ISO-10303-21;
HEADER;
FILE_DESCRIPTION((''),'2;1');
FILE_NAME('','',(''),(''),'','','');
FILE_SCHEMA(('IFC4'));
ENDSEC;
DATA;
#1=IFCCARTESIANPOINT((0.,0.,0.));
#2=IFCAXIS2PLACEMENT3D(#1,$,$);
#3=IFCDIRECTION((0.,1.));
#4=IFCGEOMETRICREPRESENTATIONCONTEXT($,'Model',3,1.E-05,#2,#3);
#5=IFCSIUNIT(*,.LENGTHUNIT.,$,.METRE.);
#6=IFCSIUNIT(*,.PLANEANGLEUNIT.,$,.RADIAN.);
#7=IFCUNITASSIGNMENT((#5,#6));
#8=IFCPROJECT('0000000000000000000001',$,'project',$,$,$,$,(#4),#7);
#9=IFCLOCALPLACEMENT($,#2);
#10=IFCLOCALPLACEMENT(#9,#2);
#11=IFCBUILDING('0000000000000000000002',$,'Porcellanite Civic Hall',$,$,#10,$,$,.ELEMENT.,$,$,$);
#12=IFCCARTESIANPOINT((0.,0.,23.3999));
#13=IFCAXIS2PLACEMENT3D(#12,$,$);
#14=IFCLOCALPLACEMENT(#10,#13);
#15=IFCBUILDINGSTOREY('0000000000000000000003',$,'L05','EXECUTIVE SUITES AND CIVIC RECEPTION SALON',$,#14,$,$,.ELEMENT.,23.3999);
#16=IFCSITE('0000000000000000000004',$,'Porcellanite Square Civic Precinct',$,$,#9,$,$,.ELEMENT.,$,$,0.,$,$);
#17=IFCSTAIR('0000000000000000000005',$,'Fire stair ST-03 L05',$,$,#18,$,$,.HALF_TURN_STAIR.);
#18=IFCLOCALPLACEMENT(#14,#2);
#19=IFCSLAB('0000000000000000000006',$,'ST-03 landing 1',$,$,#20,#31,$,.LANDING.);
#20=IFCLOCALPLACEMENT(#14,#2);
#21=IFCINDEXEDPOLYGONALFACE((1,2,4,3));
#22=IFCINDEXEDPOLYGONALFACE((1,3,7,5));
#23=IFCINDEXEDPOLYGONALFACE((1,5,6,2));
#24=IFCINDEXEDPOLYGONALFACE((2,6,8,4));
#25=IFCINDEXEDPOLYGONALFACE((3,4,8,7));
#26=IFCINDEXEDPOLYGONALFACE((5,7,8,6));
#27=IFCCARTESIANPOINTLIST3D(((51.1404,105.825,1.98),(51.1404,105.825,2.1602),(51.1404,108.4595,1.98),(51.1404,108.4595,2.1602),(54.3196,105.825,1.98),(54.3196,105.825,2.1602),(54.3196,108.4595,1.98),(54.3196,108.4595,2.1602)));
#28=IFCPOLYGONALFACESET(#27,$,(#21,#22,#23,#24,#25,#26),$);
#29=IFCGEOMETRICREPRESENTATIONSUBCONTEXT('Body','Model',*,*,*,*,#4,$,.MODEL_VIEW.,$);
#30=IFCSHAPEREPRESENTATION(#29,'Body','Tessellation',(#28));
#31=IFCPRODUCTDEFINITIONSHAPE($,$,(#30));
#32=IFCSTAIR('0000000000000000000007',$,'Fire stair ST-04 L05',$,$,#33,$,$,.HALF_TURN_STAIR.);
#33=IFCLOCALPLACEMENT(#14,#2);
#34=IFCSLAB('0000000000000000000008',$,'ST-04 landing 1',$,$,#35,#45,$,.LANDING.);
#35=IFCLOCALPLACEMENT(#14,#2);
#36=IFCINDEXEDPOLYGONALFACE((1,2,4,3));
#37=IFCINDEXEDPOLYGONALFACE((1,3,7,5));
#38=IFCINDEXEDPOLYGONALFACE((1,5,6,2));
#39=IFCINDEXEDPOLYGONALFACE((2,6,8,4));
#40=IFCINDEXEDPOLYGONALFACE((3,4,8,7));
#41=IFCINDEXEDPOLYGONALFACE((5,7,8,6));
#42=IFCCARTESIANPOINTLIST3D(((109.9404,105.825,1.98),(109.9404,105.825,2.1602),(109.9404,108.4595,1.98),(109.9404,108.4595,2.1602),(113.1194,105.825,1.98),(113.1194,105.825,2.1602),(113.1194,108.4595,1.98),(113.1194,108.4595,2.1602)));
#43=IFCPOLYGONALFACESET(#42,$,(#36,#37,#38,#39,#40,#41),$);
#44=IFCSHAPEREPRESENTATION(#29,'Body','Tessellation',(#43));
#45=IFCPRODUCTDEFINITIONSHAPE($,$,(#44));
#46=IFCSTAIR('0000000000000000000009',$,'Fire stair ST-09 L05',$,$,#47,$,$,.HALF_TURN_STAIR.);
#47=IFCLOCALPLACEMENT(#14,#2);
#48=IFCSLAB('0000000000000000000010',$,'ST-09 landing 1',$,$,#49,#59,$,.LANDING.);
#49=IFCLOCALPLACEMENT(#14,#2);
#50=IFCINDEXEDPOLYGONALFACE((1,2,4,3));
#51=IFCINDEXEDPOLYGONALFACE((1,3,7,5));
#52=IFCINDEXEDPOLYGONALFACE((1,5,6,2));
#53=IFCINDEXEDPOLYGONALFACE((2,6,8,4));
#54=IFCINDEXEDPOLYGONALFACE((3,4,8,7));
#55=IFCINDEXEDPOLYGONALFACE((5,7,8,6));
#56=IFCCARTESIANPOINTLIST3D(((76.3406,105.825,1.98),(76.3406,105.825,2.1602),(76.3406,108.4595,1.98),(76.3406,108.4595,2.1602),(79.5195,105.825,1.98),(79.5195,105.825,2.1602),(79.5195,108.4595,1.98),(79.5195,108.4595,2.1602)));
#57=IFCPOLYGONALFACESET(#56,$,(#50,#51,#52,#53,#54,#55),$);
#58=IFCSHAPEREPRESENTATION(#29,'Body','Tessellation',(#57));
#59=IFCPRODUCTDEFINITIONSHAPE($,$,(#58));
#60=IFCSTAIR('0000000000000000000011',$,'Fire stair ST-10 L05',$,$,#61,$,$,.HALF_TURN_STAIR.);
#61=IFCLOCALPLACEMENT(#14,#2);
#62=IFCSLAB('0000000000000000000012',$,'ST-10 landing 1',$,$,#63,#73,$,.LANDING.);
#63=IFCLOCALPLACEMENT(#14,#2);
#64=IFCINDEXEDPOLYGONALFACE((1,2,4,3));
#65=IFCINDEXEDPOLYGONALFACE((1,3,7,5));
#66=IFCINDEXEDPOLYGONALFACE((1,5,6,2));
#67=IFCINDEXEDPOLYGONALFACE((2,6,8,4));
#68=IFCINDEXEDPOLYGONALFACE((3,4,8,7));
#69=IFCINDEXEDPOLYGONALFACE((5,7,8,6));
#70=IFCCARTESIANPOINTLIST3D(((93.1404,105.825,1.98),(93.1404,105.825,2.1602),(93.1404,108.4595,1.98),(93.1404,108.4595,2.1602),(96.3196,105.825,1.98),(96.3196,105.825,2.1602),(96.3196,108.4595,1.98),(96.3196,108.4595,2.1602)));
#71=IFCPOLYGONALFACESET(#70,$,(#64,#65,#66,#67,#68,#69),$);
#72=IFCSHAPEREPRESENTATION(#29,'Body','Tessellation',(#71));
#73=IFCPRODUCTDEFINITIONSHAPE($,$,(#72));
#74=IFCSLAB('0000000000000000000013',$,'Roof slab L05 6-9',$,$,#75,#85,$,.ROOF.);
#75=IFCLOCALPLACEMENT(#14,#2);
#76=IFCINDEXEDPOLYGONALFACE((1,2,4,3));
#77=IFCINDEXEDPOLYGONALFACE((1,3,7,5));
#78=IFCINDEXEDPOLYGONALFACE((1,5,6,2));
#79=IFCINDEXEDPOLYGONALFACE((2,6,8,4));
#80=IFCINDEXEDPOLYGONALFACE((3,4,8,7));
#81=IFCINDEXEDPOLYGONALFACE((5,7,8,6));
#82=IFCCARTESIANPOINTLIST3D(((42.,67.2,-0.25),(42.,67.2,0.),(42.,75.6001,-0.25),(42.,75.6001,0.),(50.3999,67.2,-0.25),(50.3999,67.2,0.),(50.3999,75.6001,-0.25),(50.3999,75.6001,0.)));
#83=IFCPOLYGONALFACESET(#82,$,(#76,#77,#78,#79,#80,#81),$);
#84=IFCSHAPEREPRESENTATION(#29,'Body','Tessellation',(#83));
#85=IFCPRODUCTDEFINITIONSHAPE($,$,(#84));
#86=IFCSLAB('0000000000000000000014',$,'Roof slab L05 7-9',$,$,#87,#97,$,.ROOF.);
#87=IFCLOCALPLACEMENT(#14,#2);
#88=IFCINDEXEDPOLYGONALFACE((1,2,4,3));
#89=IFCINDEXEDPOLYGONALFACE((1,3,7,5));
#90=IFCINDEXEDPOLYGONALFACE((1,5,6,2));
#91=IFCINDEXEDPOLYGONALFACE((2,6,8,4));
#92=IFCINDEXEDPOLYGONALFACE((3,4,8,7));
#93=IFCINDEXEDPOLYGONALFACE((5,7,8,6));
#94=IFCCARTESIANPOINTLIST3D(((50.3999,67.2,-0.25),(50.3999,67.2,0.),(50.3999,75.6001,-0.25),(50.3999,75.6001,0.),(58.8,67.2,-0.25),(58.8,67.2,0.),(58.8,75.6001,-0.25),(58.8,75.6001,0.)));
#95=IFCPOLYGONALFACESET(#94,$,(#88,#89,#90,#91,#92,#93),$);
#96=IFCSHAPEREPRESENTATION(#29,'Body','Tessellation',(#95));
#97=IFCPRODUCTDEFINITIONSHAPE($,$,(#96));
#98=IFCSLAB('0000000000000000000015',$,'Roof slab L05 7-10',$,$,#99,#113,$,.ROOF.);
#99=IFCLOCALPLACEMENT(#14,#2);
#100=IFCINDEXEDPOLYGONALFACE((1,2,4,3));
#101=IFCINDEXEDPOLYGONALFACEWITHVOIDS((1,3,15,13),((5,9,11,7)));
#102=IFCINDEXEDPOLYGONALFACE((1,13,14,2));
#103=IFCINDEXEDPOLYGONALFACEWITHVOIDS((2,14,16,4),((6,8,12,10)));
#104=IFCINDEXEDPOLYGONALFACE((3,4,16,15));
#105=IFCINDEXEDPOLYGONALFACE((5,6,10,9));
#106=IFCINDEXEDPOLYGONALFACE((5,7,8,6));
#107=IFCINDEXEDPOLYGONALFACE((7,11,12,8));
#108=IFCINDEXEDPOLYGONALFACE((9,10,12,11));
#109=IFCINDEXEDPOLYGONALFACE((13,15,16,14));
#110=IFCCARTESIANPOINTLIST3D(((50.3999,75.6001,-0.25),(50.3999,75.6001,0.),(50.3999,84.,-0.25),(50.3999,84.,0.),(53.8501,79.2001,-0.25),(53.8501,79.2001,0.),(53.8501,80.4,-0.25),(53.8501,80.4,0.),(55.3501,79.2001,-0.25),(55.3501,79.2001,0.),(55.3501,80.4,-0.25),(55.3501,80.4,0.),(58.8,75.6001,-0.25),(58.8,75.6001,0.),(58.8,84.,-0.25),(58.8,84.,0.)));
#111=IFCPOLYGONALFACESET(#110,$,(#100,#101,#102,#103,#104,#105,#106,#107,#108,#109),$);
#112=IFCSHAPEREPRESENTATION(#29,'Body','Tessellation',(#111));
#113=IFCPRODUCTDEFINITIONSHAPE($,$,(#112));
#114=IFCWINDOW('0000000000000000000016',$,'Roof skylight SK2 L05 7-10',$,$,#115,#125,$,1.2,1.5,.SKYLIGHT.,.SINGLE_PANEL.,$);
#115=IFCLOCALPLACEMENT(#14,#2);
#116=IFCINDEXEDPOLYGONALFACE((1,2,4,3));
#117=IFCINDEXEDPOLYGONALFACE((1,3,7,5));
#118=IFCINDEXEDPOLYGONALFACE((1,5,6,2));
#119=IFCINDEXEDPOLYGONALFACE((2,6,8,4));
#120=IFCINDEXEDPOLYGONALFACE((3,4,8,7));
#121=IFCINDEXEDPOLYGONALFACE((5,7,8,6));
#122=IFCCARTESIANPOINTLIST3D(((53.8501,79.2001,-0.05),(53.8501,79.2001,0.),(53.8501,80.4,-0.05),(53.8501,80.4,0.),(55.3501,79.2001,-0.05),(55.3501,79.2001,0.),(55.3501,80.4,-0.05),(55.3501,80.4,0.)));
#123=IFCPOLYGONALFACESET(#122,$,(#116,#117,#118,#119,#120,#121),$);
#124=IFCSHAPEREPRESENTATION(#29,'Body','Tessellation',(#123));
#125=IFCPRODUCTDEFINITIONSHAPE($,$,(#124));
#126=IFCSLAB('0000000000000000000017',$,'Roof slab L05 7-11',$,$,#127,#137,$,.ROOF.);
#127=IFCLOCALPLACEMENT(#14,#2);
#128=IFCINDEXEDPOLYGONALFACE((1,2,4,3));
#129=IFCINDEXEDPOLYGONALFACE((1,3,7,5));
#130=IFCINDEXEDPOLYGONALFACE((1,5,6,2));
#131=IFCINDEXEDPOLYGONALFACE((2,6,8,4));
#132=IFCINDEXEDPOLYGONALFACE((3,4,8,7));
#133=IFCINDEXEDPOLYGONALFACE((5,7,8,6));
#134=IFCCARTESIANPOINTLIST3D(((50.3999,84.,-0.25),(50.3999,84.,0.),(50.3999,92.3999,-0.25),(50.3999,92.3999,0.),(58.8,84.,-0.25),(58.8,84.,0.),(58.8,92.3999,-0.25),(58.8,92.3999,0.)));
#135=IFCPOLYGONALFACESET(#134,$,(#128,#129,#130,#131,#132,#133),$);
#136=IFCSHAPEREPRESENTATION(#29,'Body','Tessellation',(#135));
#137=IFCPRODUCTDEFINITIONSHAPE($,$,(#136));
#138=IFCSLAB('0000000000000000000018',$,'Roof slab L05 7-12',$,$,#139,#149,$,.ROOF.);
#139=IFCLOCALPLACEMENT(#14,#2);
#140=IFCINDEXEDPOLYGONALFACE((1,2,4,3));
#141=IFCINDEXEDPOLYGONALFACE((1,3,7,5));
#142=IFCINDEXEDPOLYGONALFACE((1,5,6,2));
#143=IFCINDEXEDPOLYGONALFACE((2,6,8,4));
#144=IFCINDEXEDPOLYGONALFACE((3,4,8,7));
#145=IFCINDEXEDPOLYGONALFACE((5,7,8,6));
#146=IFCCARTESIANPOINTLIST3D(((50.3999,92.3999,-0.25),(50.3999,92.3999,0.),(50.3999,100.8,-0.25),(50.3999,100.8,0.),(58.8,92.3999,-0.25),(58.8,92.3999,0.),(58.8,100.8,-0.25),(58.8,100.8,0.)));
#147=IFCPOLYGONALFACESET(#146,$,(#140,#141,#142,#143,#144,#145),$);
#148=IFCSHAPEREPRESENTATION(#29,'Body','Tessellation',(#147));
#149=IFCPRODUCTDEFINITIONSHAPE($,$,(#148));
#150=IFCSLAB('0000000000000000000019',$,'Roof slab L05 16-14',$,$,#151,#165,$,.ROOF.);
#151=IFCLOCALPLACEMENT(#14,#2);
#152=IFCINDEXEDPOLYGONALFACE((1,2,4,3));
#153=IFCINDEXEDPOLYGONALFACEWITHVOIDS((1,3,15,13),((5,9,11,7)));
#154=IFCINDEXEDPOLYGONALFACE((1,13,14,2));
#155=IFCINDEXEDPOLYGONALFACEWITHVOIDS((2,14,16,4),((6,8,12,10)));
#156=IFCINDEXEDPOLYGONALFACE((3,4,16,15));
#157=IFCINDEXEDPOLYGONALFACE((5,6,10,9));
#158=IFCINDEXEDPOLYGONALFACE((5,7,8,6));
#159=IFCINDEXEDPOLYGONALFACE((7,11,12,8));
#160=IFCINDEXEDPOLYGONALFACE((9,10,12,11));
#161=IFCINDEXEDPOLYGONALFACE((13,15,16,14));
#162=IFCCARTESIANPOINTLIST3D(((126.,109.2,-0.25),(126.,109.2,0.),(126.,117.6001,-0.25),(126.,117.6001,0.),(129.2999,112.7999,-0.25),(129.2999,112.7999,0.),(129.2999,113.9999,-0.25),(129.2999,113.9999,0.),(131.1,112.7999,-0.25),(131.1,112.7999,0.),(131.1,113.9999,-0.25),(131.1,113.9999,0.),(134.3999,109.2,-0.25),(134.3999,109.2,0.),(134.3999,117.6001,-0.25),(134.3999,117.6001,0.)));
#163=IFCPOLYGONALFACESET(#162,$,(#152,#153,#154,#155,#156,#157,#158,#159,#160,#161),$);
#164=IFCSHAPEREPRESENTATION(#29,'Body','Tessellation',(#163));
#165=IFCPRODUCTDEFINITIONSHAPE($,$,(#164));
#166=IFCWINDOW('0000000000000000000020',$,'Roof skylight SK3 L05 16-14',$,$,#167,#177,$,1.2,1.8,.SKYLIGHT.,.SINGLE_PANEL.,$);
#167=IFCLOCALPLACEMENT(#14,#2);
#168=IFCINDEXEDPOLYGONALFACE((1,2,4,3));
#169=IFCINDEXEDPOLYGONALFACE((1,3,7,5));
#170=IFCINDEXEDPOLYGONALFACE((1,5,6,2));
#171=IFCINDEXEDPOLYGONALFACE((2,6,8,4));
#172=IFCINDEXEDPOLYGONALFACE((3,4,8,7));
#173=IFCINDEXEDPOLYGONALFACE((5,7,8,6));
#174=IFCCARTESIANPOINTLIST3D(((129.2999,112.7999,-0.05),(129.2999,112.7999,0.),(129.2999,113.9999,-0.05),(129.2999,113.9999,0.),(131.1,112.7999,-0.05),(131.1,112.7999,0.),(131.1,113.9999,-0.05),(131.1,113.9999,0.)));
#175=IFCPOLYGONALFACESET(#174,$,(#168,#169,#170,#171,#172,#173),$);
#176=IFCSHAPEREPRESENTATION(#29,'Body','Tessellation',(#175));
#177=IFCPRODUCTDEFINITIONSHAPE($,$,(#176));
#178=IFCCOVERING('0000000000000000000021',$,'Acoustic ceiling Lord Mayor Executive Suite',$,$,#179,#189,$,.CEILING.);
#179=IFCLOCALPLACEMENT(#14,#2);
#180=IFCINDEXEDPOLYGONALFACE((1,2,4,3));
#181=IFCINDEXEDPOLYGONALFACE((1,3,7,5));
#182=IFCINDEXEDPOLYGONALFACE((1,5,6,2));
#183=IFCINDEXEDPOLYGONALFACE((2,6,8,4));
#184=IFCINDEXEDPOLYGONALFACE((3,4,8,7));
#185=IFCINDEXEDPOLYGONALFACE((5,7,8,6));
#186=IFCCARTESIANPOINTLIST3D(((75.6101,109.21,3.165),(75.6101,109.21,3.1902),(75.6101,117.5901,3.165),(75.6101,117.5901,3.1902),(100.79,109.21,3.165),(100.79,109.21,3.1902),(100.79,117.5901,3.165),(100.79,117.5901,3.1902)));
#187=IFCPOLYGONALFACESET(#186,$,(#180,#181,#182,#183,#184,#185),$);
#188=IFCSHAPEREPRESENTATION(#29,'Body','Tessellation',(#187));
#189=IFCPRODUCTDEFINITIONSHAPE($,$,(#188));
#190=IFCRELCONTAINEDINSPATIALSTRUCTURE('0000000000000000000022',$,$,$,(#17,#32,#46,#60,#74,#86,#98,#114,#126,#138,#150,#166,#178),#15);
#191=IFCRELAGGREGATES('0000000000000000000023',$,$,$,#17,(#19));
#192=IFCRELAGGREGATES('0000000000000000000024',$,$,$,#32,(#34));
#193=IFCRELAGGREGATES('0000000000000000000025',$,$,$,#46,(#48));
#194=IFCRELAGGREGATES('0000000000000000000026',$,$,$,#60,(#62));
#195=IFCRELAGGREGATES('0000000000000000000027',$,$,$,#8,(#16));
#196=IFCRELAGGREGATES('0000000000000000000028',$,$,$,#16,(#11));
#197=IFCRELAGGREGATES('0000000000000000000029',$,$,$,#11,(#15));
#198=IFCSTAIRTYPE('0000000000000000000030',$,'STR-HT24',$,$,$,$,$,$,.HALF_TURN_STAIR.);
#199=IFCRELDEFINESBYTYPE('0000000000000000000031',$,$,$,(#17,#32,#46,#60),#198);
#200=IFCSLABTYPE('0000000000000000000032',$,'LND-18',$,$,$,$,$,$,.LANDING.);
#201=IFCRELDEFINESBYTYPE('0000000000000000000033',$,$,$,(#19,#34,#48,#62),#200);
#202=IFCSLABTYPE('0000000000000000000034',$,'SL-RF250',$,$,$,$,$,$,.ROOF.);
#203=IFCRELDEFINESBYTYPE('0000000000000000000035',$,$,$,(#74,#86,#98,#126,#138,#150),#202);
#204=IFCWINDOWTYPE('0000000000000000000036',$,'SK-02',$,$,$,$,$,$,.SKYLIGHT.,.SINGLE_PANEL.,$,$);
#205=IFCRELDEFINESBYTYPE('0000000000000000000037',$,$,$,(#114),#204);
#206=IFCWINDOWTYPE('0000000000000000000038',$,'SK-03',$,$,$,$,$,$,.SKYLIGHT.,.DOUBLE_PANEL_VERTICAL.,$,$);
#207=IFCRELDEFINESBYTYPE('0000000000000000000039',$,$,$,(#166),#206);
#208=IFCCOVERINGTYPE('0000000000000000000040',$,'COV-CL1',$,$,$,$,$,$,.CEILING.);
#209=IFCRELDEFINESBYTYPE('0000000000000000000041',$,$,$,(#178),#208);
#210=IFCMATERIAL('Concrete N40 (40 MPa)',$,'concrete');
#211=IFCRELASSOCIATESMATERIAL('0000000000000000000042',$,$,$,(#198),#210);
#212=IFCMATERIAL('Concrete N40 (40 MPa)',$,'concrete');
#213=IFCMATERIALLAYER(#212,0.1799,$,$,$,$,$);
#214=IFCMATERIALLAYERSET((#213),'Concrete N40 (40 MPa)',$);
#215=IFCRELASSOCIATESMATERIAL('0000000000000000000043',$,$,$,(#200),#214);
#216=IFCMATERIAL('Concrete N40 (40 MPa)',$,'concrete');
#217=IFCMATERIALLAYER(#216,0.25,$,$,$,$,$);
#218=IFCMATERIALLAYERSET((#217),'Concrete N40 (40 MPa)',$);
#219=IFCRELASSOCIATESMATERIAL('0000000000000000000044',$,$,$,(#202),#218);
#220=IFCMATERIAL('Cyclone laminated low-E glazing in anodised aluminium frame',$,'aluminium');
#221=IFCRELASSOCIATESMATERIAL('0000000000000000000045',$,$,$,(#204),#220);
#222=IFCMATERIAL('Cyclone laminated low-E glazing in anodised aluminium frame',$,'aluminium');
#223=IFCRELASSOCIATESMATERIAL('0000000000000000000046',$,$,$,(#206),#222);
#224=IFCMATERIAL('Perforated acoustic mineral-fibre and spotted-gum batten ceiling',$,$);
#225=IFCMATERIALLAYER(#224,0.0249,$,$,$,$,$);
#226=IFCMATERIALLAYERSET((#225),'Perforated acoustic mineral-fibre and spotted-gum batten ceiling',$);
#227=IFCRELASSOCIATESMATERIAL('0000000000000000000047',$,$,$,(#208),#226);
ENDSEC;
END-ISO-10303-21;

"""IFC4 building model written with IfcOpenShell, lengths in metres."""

from ifc_helpers import new_model, si_unit, direction, frame, origin, origin_2d, place, context, subcontext, project, spatial, polyline, rectangle, outline, extrude, material, layer, layer_set, type_object, element, fill, aggregate, save


model = new_model("IFC4")

# Units and contexts
model_context = context("Model", 3, precision=1e-05, world=origin(), true_north=direction((0.0, 1.0)))
body_context = subcontext(model_context, "Body", "Model", "MODEL_VIEW")
ifc_project = project(units=[si_unit("LENGTHUNIT", "METRE"), si_unit("PLANEANGLEUNIT", "RADIAN")], contexts=[model_context])

# Site, building, storey
site_placement = place(None, origin())
site = spatial("IfcSite", under=ifc_project, at=site_placement, Name="Porcellanite Square Civic Precinct", CompositionType="ELEMENT", RefElevation=0.0)
building_placement = place(site_placement, origin())
building = spatial("IfcBuilding", under=site, at=building_placement, Name="Porcellanite Civic Hall", CompositionType="ELEMENT")
storey_placement = place(building_placement, frame((0.0, 0.0, 23.3999)))
storey = spatial("IfcBuildingStorey", under=building, at=storey_placement, Name="L05", Description="EXECUTIVE SUITES AND CIVIC RECEPTION SALON", CompositionType="ELEMENT", Elevation=23.3999)

# Stairs, slabs
ifc_material_1 = material(Name="Concrete N40 (40 MPa)", Category="concrete")
stair_type = type_object("IfcStairType", Name="STR-HT24", PredefinedType="HALF_TURN_STAIR", material=ifc_material_1)
stair_1_placement = place(storey_placement, origin())
stair_1 = element("IfcStair", 1, at=stair_1_placement, inside=storey, type_object=stair_type, Name="Fire stair ST-03 L05", PredefinedType="HALF_TURN_STAIR")
ifc_material_2 = material(Name="Concrete N40 (40 MPa)", Category="concrete")
ifc_layer_1 = layer(ifc_material_2, 0.1799)
ifc_layer_set_1 = layer_set([ifc_layer_1], Name="Concrete N40 (40 MPa)")
slab_type_1 = type_object("IfcSlabType", Name="LND-18", PredefinedType="LANDING", material=ifc_layer_set_1)
slab_1_placement = place(storey_placement, frame((0.0, 0.0, 1.98)))
slab_1 = element("IfcSlab", 2, at=slab_1_placement, type_object=slab_type_1, Name="ST-03 landing 1", PredefinedType="LANDING", context=body_context, shape_type="SweptSolid", body=[
    extrude(outline(polyline([(51.1404, 105.825), (54.3196, 105.825), (54.3196, 108.4595), (51.1404, 108.4595), (51.1404, 105.825)])), origin(), (0.0, 0.0, 1.0), 0.1802),
])
aggregate(stair_1, [slab_1])
stair_2_placement = place(storey_placement, origin())
stair_2 = element("IfcStair", 3, at=stair_2_placement, inside=storey, type_object=stair_type, Name="Fire stair ST-04 L05", PredefinedType="HALF_TURN_STAIR")
slab_2_placement = place(storey_placement, frame((0.0, 0.0, 1.98)))
slab_2 = element("IfcSlab", 4, at=slab_2_placement, type_object=slab_type_1, Name="ST-04 landing 1", PredefinedType="LANDING", context=body_context, shape_type="SweptSolid", body=[
    extrude(outline(polyline([(109.9404, 105.825), (113.1194, 105.825), (113.1194, 108.4595), (109.9404, 108.4595), (109.9404, 105.825)])), origin(), (0.0, 0.0, 1.0), 0.1802),
])
aggregate(stair_2, [slab_2])
stair_3_placement = place(storey_placement, origin())
stair_3 = element("IfcStair", 5, at=stair_3_placement, inside=storey, type_object=stair_type, Name="Fire stair ST-09 L05", PredefinedType="HALF_TURN_STAIR")
slab_3_placement = place(storey_placement, frame((0.0, 0.0, 1.98)))
slab_3 = element("IfcSlab", 6, at=slab_3_placement, type_object=slab_type_1, Name="ST-09 landing 1", PredefinedType="LANDING", context=body_context, shape_type="SweptSolid", body=[
    extrude(outline(polyline([(76.3406, 105.825), (79.5195, 105.825), (79.5195, 108.4595), (76.3406, 108.4595), (76.3406, 105.825)])), origin(), (0.0, 0.0, 1.0), 0.1802),
])
aggregate(stair_3, [slab_3])
stair_4_placement = place(storey_placement, origin())
stair_4 = element("IfcStair", 7, at=stair_4_placement, inside=storey, type_object=stair_type, Name="Fire stair ST-10 L05", PredefinedType="HALF_TURN_STAIR")
slab_4_placement = place(storey_placement, frame((0.0, 0.0, 1.98)))
slab_4 = element("IfcSlab", 8, at=slab_4_placement, type_object=slab_type_1, Name="ST-10 landing 1", PredefinedType="LANDING", context=body_context, shape_type="SweptSolid", body=[
    extrude(outline(polyline([(93.1404, 105.825), (96.3196, 105.825), (96.3196, 108.4595), (93.1404, 108.4595), (93.1404, 105.825)])), origin(), (0.0, 0.0, 1.0), 0.1802),
])
aggregate(stair_4, [slab_4])

# Slabs
ifc_material_3 = material(Name="Concrete N40 (40 MPa)", Category="concrete")
ifc_layer_2 = layer(ifc_material_3, 0.25)
ifc_layer_set_2 = layer_set([ifc_layer_2], Name="Concrete N40 (40 MPa)")
slab_type_2 = type_object("IfcSlabType", Name="SL-RF250", PredefinedType="ROOF", material=ifc_layer_set_2)
slab_5_placement = place(storey_placement, frame((0.0, 0.0, -0.25)))
element("IfcSlab", 9, at=slab_5_placement, inside=storey, type_object=slab_type_2, Name="Roof slab L05 6-9", PredefinedType="ROOF", context=body_context, shape_type="SweptSolid", body=[
    extrude(outline(polyline([(42.0, 67.2), (50.3999, 67.2), (50.3999, 75.6001), (42.0, 75.6001), (42.0, 67.2)])), origin(), (0.0, 0.0, 1.0), 0.25),
])
slab_6_placement = place(storey_placement, frame((0.0, 0.0, -0.25)))
element("IfcSlab", 10, at=slab_6_placement, inside=storey, type_object=slab_type_2, Name="Roof slab L05 7-9", PredefinedType="ROOF", context=body_context, shape_type="SweptSolid", body=[
    extrude(outline(polyline([(50.3999, 67.2), (58.8, 67.2), (58.8, 75.6001), (50.3999, 75.6001), (50.3999, 67.2)])), origin(), (0.0, 0.0, 1.0), 0.25),
])

# Slab, opening, window
slab_7_placement = place(storey_placement, frame((0.0, 0.0, -0.25)))
slab_7 = element("IfcSlab", 11, at=slab_7_placement, inside=storey, type_object=slab_type_2, Name="Roof slab L05 7-10", PredefinedType="ROOF", context=body_context, shape_type="SweptSolid", body=[
    extrude(outline(polyline([(50.3999, 75.6001), (58.8, 75.6001), (58.8, 84.0), (50.3999, 84.0), (50.3999, 75.6001)])), origin(), (0.0, 0.0, 1.0), 0.25),
])
opening_1_placement = place(slab_7_placement, frame((54.6001, 79.8, 0.0)))
opening_1 = element("IfcOpeningElement", 12, at=opening_1_placement, cuts=slab_7, PredefinedType="OPENING", context=body_context, shape_type="SweptSolid", body=[
    extrude(rectangle(XDim=1.5, YDim=1.2, at=origin_2d()), origin(), (0.0, 0.0, 1.0), 0.25),
])
ifc_material_4 = material(Name="Cyclone laminated low-E glazing in anodised aluminium frame", Category="aluminium")
window_type_1 = type_object("IfcWindowType", Name="SK-02", PartitioningType="SINGLE_PANEL", PredefinedType="SKYLIGHT", material=ifc_material_4)
window_1_placement = place(opening_1_placement, frame((0.0, 0.0, 0.2)))
window_1 = element("IfcWindow", 13, at=window_1_placement, inside=storey, type_object=window_type_1, Name="Roof skylight SK2 L05 7-10", OverallHeight=1.2, OverallWidth=1.5, PartitioningType="SINGLE_PANEL", PredefinedType="SKYLIGHT", context=body_context, shape_type="SweptSolid", body=[
    extrude(rectangle(XDim=1.5, YDim=1.2, at=origin_2d()), origin(), (0.0, 0.0, 1.0), 0.05),
])
fill(opening_1, window_1)

# Slabs
slab_8_placement = place(storey_placement, frame((0.0, 0.0, -0.25)))
element("IfcSlab", 14, at=slab_8_placement, inside=storey, type_object=slab_type_2, Name="Roof slab L05 7-11", PredefinedType="ROOF", context=body_context, shape_type="SweptSolid", body=[
    extrude(outline(polyline([(50.3999, 84.0), (58.8, 84.0), (58.8, 92.3999), (50.3999, 92.3999), (50.3999, 84.0)])), origin(), (0.0, 0.0, 1.0), 0.25),
])
slab_9_placement = place(storey_placement, frame((0.0, 0.0, -0.25)))
element("IfcSlab", 15, at=slab_9_placement, inside=storey, type_object=slab_type_2, Name="Roof slab L05 7-12", PredefinedType="ROOF", context=body_context, shape_type="SweptSolid", body=[
    extrude(outline(polyline([(50.3999, 92.3999), (58.8, 92.3999), (58.8, 100.8), (50.3999, 100.8), (50.3999, 92.3999)])), origin(), (0.0, 0.0, 1.0), 0.25),
])

# Slab, opening, window
slab_10_placement = place(storey_placement, frame((0.0, 0.0, -0.25)))
slab_10 = element("IfcSlab", 16, at=slab_10_placement, inside=storey, type_object=slab_type_2, Name="Roof slab L05 16-14", PredefinedType="ROOF", context=body_context, shape_type="SweptSolid", body=[
    extrude(outline(polyline([(126.0, 109.2), (134.3999, 109.2), (134.3999, 117.6001), (126.0, 117.6001), (126.0, 109.2)])), origin(), (0.0, 0.0, 1.0), 0.25),
])
opening_2_placement = place(slab_10_placement, frame((130.2, 113.3999, 0.0)))
opening_2 = element("IfcOpeningElement", 17, at=opening_2_placement, cuts=slab_10, PredefinedType="OPENING", context=body_context, shape_type="SweptSolid", body=[
    extrude(rectangle(XDim=1.8, YDim=1.2, at=origin_2d()), origin(), (0.0, 0.0, 1.0), 0.25),
])
ifc_material_5 = material(Name="Cyclone laminated low-E glazing in anodised aluminium frame", Category="aluminium")
window_type_2 = type_object("IfcWindowType", Name="SK-03", PartitioningType="DOUBLE_PANEL_VERTICAL", PredefinedType="SKYLIGHT", material=ifc_material_5)
window_2_placement = place(opening_2_placement, frame((0.0, 0.0, 0.2)))
window_2 = element("IfcWindow", 18, at=window_2_placement, inside=storey, type_object=window_type_2, Name="Roof skylight SK3 L05 16-14", OverallHeight=1.2, OverallWidth=1.8, PartitioningType="SINGLE_PANEL", PredefinedType="SKYLIGHT", context=body_context, shape_type="SweptSolid", body=[
    extrude(rectangle(XDim=1.8, YDim=1.2, at=origin_2d()), origin(), (0.0, 0.0, 1.0), 0.05),
])
fill(opening_2, window_2)

# Covering
ifc_material_6 = material(Name="Perforated acoustic mineral-fibre and spotted-gum batten ceiling")
ifc_layer_3 = layer(ifc_material_6, 0.0249)
ifc_layer_set_3 = layer_set([ifc_layer_3], Name="Perforated acoustic mineral-fibre and spotted-gum batten ceiling")
covering_type_1 = type_object("IfcCoveringType", Name="COV-CL1", PredefinedType="CEILING", material=ifc_layer_set_3)
covering_1_placement = place(storey_placement, frame((0.0, 0.0, 3.165)))
element("IfcCovering", 19, at=covering_1_placement, inside=storey, type_object=covering_type_1, Name="Acoustic ceiling Lord Mayor Executive Suite", PredefinedType="CEILING", context=body_context, shape_type="SweptSolid", body=[
    extrude(outline(polyline([(75.6101, 109.21), (100.79, 109.21), (100.79, 117.5901), (75.6101, 117.5901), (75.6101, 109.21)])), origin(), (0.0, 0.0, 1.0), 0.0251),
])

save(model, "model.ifc")
